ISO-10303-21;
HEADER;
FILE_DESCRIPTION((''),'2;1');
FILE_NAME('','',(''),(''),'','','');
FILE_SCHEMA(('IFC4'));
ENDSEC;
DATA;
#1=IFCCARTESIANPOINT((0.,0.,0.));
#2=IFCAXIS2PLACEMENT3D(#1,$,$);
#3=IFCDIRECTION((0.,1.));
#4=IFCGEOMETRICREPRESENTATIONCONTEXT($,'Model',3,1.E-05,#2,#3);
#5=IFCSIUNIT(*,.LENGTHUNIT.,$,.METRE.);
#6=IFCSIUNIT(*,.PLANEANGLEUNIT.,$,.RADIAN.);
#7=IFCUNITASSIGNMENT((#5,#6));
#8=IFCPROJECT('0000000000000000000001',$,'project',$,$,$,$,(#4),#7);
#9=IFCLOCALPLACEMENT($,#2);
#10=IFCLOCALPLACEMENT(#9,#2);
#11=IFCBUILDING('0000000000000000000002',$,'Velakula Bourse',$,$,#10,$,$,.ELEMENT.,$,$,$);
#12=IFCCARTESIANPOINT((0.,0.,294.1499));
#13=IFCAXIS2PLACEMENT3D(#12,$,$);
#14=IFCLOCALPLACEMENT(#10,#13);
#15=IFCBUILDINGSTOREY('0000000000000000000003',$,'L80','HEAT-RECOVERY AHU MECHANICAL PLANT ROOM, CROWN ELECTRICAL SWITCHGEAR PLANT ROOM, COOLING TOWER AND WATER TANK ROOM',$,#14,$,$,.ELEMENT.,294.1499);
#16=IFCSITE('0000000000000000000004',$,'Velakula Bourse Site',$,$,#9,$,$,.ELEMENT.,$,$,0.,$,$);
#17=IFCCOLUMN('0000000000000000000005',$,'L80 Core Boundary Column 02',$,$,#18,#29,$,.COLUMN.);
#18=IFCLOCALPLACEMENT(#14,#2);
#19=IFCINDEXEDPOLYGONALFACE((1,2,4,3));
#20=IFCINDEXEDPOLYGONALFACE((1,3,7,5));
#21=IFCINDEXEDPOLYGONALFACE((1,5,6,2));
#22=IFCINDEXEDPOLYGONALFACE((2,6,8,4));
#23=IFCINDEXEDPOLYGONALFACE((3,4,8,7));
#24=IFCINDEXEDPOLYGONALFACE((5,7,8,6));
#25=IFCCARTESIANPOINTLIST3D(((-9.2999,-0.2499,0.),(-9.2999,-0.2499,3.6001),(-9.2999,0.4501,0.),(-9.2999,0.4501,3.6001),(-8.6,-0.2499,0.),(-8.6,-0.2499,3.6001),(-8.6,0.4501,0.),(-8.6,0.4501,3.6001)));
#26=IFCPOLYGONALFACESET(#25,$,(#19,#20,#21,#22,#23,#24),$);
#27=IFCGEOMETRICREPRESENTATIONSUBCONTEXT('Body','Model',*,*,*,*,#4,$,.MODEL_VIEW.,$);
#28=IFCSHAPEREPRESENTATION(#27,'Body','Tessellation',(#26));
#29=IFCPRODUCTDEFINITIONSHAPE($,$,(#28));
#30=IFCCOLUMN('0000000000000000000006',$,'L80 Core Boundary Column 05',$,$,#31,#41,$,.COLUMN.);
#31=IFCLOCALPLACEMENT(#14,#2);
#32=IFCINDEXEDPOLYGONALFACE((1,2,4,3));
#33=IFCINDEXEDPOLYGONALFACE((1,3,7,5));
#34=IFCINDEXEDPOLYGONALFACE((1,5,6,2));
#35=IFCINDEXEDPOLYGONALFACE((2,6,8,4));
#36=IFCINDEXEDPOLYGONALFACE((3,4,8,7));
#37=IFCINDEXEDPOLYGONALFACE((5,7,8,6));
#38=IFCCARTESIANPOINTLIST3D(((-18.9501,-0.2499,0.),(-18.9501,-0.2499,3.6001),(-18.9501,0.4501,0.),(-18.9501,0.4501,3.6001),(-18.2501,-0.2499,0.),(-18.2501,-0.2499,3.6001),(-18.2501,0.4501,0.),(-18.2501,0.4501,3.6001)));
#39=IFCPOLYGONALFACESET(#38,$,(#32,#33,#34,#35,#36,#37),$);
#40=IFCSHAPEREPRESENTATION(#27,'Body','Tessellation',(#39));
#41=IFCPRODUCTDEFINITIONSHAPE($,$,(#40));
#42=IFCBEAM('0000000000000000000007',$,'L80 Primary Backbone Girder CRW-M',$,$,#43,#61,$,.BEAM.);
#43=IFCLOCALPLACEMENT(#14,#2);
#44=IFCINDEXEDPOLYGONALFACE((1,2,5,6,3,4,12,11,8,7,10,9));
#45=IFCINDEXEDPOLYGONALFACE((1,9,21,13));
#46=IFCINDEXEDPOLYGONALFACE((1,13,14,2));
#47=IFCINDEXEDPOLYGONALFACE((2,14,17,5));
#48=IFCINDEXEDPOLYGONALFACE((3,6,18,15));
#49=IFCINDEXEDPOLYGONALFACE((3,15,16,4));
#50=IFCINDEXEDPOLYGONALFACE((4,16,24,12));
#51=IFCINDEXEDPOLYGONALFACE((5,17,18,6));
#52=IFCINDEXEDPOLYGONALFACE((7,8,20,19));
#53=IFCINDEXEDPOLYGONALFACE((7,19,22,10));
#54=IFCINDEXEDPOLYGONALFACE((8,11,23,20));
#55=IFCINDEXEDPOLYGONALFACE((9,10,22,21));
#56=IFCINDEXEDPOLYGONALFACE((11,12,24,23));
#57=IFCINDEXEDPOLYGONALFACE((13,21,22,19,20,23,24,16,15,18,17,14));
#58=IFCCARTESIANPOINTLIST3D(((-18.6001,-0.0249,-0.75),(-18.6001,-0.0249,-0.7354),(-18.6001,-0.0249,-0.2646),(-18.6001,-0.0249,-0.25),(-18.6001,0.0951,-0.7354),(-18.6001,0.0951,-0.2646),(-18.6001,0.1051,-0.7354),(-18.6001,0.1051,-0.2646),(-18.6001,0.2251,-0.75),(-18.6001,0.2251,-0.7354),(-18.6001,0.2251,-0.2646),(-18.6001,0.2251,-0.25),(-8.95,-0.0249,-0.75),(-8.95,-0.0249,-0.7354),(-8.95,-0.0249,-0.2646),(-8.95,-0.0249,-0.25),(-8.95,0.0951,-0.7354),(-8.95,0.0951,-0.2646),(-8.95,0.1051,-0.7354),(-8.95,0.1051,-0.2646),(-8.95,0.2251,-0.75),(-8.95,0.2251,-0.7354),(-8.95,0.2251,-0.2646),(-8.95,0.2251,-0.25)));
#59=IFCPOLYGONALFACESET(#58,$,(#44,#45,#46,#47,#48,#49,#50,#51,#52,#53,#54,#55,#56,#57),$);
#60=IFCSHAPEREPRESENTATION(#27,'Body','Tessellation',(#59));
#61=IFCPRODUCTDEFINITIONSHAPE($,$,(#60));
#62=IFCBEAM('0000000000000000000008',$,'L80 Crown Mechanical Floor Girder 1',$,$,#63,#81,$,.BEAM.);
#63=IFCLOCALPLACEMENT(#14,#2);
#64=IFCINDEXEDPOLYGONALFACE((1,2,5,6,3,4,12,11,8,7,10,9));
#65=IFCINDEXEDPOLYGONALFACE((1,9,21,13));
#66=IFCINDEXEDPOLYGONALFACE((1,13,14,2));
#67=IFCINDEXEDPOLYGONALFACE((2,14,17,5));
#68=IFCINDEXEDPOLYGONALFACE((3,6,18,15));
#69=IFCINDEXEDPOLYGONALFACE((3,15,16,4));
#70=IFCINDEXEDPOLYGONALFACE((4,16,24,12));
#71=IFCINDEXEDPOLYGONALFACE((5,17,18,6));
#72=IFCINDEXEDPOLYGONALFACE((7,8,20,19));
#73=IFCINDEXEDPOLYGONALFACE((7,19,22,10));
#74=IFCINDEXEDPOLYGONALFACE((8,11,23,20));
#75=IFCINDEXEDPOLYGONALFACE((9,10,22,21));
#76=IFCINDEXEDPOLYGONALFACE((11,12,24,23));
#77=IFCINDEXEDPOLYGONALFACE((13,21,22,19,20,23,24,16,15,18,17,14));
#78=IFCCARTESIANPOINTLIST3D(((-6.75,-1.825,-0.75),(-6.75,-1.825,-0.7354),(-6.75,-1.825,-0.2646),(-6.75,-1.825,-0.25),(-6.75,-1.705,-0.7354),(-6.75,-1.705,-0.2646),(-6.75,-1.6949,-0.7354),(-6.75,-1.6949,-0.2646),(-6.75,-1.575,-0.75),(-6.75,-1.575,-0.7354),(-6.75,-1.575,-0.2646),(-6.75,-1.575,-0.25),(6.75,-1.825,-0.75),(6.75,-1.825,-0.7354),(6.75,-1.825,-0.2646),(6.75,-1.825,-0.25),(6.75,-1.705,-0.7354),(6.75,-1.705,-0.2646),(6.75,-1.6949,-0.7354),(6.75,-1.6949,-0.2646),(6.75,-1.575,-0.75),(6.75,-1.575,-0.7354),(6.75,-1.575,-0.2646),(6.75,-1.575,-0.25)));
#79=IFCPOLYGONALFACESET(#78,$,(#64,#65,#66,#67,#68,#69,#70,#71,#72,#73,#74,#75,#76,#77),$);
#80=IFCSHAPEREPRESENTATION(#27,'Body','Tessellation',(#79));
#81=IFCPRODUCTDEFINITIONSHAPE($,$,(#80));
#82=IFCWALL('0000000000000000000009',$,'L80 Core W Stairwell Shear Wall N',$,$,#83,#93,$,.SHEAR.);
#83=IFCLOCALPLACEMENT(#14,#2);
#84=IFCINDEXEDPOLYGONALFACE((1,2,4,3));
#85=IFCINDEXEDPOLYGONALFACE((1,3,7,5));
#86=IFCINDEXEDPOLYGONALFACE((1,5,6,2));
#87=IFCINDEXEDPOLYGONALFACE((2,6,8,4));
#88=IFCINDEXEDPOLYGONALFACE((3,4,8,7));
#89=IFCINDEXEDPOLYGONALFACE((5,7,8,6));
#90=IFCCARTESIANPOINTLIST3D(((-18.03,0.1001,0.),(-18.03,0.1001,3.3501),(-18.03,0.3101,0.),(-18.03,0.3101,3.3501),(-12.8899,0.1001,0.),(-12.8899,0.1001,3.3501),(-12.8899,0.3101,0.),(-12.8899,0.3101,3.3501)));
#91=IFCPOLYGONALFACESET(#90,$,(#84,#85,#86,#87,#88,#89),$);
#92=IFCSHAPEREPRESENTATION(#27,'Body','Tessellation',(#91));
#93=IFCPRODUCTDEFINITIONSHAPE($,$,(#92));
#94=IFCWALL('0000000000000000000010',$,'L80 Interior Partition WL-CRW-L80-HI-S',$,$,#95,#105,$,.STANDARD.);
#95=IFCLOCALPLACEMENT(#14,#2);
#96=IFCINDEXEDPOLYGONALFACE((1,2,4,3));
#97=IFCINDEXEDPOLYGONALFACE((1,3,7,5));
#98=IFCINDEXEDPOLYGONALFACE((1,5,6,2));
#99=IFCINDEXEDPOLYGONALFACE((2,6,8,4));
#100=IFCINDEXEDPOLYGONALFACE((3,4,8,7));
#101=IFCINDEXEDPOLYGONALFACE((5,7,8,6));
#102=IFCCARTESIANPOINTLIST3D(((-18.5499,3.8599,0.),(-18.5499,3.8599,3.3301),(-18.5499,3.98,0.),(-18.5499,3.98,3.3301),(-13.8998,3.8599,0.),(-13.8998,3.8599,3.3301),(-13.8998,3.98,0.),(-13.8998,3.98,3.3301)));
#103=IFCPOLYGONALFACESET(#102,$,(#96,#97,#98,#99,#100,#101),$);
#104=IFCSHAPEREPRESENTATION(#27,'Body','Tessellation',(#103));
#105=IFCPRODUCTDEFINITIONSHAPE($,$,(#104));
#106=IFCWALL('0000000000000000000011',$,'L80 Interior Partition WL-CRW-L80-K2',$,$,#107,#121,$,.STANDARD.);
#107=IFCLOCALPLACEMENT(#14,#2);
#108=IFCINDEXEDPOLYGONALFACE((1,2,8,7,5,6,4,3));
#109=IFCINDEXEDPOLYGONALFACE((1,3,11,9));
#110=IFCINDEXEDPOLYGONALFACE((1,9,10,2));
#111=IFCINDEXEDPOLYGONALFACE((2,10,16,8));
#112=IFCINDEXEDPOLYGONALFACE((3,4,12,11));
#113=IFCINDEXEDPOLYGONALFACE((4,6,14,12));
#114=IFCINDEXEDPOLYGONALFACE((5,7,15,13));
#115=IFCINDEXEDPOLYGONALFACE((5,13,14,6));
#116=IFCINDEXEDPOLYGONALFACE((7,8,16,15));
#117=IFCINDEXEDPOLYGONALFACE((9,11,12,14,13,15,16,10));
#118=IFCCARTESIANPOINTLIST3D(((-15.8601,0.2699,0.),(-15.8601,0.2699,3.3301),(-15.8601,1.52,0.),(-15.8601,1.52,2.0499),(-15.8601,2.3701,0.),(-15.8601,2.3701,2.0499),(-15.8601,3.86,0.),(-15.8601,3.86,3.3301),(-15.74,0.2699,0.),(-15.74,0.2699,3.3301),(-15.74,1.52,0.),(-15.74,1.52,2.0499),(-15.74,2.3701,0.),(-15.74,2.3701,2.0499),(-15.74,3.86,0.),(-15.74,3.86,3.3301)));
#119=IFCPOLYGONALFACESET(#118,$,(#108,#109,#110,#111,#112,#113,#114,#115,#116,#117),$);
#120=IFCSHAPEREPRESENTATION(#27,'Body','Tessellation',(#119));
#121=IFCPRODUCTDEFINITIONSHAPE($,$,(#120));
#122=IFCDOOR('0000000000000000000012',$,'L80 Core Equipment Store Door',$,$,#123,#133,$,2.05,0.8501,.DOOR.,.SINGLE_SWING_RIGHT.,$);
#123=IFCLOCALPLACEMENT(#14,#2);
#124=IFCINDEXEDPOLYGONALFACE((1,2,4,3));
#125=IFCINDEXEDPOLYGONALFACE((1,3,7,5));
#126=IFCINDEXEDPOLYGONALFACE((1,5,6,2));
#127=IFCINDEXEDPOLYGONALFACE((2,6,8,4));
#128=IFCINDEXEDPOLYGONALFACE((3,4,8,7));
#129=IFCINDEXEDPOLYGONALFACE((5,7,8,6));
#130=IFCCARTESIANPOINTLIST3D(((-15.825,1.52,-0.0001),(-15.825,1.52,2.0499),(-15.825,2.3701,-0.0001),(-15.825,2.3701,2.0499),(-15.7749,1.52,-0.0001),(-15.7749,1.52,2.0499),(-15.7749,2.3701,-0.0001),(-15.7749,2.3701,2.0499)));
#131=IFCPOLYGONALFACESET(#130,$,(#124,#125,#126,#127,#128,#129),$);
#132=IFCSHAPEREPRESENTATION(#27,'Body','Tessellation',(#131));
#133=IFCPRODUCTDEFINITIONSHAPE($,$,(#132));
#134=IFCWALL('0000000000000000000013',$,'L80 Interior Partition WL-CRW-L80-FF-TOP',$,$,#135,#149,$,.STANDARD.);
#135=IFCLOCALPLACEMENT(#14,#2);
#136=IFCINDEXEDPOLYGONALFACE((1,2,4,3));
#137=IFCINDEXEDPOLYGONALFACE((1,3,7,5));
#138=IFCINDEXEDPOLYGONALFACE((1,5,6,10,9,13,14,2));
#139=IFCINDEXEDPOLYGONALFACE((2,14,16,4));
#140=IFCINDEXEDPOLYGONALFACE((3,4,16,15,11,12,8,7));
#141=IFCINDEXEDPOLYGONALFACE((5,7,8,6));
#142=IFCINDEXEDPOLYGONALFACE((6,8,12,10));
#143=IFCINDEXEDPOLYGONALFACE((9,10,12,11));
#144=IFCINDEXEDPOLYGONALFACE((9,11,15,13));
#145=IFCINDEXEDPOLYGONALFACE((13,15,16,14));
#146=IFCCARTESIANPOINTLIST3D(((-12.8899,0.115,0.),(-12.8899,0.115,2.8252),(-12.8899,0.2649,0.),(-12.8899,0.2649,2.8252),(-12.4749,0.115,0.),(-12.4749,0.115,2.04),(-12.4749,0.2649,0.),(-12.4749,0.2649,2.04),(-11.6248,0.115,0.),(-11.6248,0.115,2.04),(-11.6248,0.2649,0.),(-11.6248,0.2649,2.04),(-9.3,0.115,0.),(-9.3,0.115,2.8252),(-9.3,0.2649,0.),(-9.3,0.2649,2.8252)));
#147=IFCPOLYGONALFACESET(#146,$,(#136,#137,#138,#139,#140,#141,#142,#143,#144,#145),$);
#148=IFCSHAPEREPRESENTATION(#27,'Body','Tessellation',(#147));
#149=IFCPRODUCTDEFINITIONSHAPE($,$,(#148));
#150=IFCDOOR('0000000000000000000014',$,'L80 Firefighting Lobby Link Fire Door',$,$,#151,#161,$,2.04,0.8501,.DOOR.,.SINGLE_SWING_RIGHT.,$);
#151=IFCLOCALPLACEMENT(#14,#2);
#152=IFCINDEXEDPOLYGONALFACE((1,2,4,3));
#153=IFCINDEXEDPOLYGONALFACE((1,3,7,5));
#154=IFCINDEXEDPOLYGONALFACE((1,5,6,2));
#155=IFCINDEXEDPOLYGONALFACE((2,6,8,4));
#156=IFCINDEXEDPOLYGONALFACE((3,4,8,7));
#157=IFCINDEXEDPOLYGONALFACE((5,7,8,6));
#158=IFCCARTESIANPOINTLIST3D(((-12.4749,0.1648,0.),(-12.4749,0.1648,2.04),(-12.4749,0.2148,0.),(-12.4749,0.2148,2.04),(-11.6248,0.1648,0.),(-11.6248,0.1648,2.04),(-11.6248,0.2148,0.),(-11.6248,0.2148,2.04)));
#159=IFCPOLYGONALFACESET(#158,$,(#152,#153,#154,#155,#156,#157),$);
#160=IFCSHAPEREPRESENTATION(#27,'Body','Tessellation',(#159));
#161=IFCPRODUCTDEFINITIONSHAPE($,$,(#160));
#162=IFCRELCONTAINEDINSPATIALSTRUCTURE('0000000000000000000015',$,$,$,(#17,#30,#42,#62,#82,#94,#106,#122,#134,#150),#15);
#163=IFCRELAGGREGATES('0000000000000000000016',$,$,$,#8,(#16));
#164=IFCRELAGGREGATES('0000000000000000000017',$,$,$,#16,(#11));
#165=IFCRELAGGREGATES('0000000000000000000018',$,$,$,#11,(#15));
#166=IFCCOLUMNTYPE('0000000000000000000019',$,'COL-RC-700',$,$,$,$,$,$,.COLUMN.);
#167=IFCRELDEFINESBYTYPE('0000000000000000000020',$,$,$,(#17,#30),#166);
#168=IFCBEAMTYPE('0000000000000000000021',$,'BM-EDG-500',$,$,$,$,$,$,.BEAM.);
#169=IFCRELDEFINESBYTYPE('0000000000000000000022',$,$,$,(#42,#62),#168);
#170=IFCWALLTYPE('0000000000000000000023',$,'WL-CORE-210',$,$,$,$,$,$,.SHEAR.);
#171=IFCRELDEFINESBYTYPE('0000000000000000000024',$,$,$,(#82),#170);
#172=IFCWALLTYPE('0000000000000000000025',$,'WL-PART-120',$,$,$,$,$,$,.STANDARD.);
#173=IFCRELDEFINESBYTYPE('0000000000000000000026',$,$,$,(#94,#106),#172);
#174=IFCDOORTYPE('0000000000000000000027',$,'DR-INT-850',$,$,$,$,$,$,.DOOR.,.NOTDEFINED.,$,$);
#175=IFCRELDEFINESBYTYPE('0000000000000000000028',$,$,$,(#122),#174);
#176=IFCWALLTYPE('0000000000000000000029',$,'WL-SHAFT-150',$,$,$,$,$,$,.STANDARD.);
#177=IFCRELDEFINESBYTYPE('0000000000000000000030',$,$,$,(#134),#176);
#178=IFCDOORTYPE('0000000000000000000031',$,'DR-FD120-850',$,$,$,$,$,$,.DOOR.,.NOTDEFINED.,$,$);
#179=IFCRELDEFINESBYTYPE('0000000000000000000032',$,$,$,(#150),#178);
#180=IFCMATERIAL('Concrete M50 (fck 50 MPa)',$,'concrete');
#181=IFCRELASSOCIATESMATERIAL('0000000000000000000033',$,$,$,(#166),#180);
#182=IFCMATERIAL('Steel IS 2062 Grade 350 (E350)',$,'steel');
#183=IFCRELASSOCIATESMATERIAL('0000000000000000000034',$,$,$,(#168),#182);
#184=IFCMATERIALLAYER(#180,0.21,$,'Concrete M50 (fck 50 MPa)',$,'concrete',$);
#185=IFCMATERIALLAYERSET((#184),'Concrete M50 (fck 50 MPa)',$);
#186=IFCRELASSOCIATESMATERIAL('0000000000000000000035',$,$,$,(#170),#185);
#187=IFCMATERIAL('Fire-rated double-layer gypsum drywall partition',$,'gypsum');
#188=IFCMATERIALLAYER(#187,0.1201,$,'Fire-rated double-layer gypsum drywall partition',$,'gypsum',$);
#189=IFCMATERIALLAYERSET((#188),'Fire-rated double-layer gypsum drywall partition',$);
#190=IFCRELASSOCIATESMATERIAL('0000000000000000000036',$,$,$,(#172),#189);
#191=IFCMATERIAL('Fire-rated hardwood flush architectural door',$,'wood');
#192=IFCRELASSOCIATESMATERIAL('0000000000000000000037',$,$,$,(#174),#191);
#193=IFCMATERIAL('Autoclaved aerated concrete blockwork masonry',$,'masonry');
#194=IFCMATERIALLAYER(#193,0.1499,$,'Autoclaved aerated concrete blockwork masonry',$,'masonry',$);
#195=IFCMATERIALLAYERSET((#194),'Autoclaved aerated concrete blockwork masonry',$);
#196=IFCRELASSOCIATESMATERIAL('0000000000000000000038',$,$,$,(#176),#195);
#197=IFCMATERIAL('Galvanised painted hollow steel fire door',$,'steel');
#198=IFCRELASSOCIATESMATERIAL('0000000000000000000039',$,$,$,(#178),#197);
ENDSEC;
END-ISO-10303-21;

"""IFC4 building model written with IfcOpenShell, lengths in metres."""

from ifc_helpers import new_model, si_unit, direction, frame, frame_2d, origin, origin_2d, place, context, subcontext, project, spatial, rectangle, i_section, extrude, material, layer, layer_set, material_profile, profile_set, type_object, element, fill, save


model = new_model("IFC4")

# Units and contexts
model_context = context("Model", 3, precision=1e-05, world=origin(), true_north=direction((0.0, 1.0)))
body_context = subcontext(model_context, "Body", "Model", "MODEL_VIEW")
ifc_project = project(units=[si_unit("LENGTHUNIT", "METRE"), si_unit("PLANEANGLEUNIT", "RADIAN")], contexts=[model_context])

# Site, building, storey
site_placement = place(None, origin())
site = spatial("IfcSite", under=ifc_project, at=site_placement, Name="Velakula Bourse Site", CompositionType="ELEMENT", RefElevation=0.0)
building_placement = place(site_placement, origin())
building = spatial("IfcBuilding", under=site, at=building_placement, Name="Velakula Bourse", CompositionType="ELEMENT")
storey_placement = place(building_placement, frame((0.0, 0.0, 294.1499)))
storey = spatial("IfcBuildingStorey", under=building, at=storey_placement, Name="L80", Description="HEAT-RECOVERY AHU MECHANICAL PLANT ROOM, CROWN ELECTRICAL SWITCHGEAR PLANT ROOM, COOLING TOWER AND WATER TANK ROOM", CompositionType="ELEMENT", Elevation=294.1499)

# Columns
ifc_material_1 = material(Name="Concrete M50 (fck 50 MPa)", Category="concrete")
ifc_material_profile_1 = material_profile(ifc_material_1, rectangle(XDim=0.7, YDim=0.7, at=origin_2d()), Name="Concrete M50 (fck 50 MPa)")
ifc_profile_set_1 = profile_set([ifc_material_profile_1], Name="Concrete M50 (fck 50 MPa)")
column_type = type_object("IfcColumnType", Name="COL-RC-700", PredefinedType="COLUMN", material=ifc_profile_set_1)
for number, where, z_axis, x_axis, name in (
    (1, (-8.95, 0.1001, 0.0), (0.0, 0.0, 1.0), (1.0, 0.0, 0.0), "L80 Core Boundary Column 02"),
    (2, (-18.6001, 0.1001, 0.0), (0.0, 0.0, 1.0), (1.0, 0.0, 0.0), "L80 Core Boundary Column 05"),
):
    element("IfcColumn", number, at=place(storey_placement, frame(where, z_axis=z_axis, x_axis=x_axis)), inside=storey, type_object=column_type, Name=name, PredefinedType="COLUMN", context=body_context, shape_type="SweptSolid", body=[
        extrude(rectangle(XDim=0.7, YDim=0.7, at=origin_2d()), origin(), (0.0, 0.0, 1.0), 3.6001),
    ])

# Beams
ifc_material_2 = material(Name="Steel IS 2062 Grade 350 (E350)", Category="steel")
ifc_material_profile_2 = material_profile(ifc_material_2, i_section(OverallWidth=0.25, OverallDepth=0.5, WebThickness=0.01, FlangeThickness=0.0146, at=origin_2d()), Name="Steel IS 2062 Grade 350 (E350)")
ifc_profile_set_2 = profile_set([ifc_material_profile_2], Name="Steel IS 2062 Grade 350 (E350)")
beam_type = type_object("IfcBeamType", Name="BM-EDG-500", PredefinedType="BEAM", material=ifc_profile_set_2)
beam_1_placement = place(storey_placement, frame((-18.6001, 0.1001, -0.5), z_axis=(1.0, 0.0, 0.0), x_axis=(0.0, 1.0, 0.0)))
element("IfcBeam", 3, at=beam_1_placement, inside=storey, type_object=beam_type, Name="L80 Primary Backbone Girder CRW-M", PredefinedType="BEAM", context=body_context, shape_type="SweptSolid", body=[
    extrude(i_section(OverallWidth=0.25, OverallDepth=0.5, WebThickness=0.01, FlangeThickness=0.0146, at=origin_2d()), origin(), (0.0, 0.0, 1.0), 9.6501),
])
beam_2_placement = place(storey_placement, frame((-6.75, -1.7, -0.5), z_axis=(1.0, 0.0, 0.0), x_axis=(0.0, 1.0, 0.0)))
element("IfcBeam", 4, at=beam_2_placement, inside=storey, type_object=beam_type, Name="L80 Crown Mechanical Floor Girder 1", PredefinedType="BEAM", context=body_context, shape_type="SweptSolid", body=[
    extrude(i_section(OverallWidth=0.25, OverallDepth=0.5, WebThickness=0.01, FlangeThickness=0.0146, at=origin_2d()), origin(), (0.0, 0.0, 1.0), 13.5),
])

# Walls
ifc_layer_1 = layer(ifc_material_1, 0.21, Name="Concrete M50 (fck 50 MPa)", Category="concrete")
ifc_layer_set_1 = layer_set([ifc_layer_1], Name="Concrete M50 (fck 50 MPa)")
wall_type_1 = type_object("IfcWallType", Name="WL-CORE-210", PredefinedType="SHEAR", material=ifc_layer_set_1)
wall_1_placement = place(storey_placement, frame((-12.8899, 0.2051, 0.0), z_axis=(0.0, 0.0, 1.0), x_axis=(-1.0, 0.0, 0.0)))
element("IfcWall", 5, at=wall_1_placement, inside=storey, type_object=wall_type_1, Name="L80 Core W Stairwell Shear Wall N", PredefinedType="SHEAR", context=body_context, shape_type="SweptSolid", body=[
    extrude(rectangle(XDim=5.1401, YDim=0.21, at=frame_2d((2.5701, 0.0))), origin(), (0.0, 0.0, 1.0), 3.3501),
])
ifc_material_3 = material(Name="Fire-rated double-layer gypsum drywall partition", Category="gypsum")
ifc_layer_2 = layer(ifc_material_3, 0.1201, Name="Fire-rated double-layer gypsum drywall partition", Category="gypsum")
ifc_layer_set_2 = layer_set([ifc_layer_2], Name="Fire-rated double-layer gypsum drywall partition")
wall_type_2 = type_object("IfcWallType", Name="WL-PART-120", PredefinedType="STANDARD", material=ifc_layer_set_2)
wall_2_placement = place(storey_placement, frame((-18.55, 3.9199, 0.0), z_axis=(0.0, 0.0, 1.0), x_axis=(1.0, 0.0, 0.0)))
element("IfcWall", 6, at=wall_2_placement, inside=storey, type_object=wall_type_2, Name="L80 Interior Partition WL-CRW-L80-HI-S", PredefinedType="STANDARD", context=body_context, shape_type="SweptSolid", body=[
    extrude(rectangle(XDim=4.6501, YDim=0.1201, at=frame_2d((2.3252, 0.0))), origin(), (0.0, 0.0, 1.0), 3.3301),
])

# Walls, openings, doors
wall_3_placement = place(storey_placement, frame((-15.8, 0.27, 0.0), z_axis=(0.0, 0.0, 1.0), x_axis=(0.0, 1.0, 0.0)))
wall_3 = element("IfcWall", 7, at=wall_3_placement, inside=storey, type_object=wall_type_2, Name="L80 Interior Partition WL-CRW-L80-K2", PredefinedType="STANDARD", context=body_context, shape_type="SweptSolid", body=[
    extrude(rectangle(XDim=3.5901, YDim=0.1201, at=frame_2d((1.7949, 0.0))), origin(), (0.0, 0.0, 1.0), 3.3301),
])
opening_1_placement = place(wall_3_placement, frame((1.25, 0.0, 0.0)))
opening_1 = element("IfcOpeningElement", 8, at=opening_1_placement, cuts=wall_3, PredefinedType="OPENING", context=body_context, shape_type="SweptSolid", body=[
    extrude(rectangle(XDim=0.8501, YDim=2.05, at=frame_2d((0.425, 1.0249))), frame((0.0, 0.0701, 0.0), z_axis=(0.0, -1.0, 0.0), x_axis=(1.0, 0.0, 0.0)), (0.0, 0.0, 1.0), 0.1401),
])
ifc_material_4 = material(Name="Fire-rated hardwood flush architectural door", Category="wood")
door_type_1 = type_object("IfcDoorType", Name="DR-INT-850", OperationType="NOTDEFINED", PredefinedType="DOOR", material=ifc_material_4)
door_1_placement = place(opening_1_placement, origin())
door_1 = element("IfcDoor", 9, at=door_1_placement, inside=storey, type_object=door_type_1, Name="L80 Core Equipment Store Door", OperationType="SINGLE_SWING_RIGHT", OverallHeight=2.05, OverallWidth=0.8501, PredefinedType="DOOR", context=body_context, shape_type="SweptSolid", body=[
    extrude(rectangle(XDim=0.8501, YDim=2.05, at=frame_2d((0.425, 1.0249))), frame((0.0, 0.0249, 0.0), z_axis=(0.0, -1.0, 0.0), x_axis=(1.0, 0.0, 0.0)), (0.0, 0.0, 1.0), 0.05),
])
fill(opening_1, door_1)
ifc_material_5 = material(Name="Autoclaved aerated concrete blockwork masonry", Category="masonry")
ifc_layer_3 = layer(ifc_material_5, 0.1499, Name="Autoclaved aerated concrete blockwork masonry", Category="masonry")
ifc_layer_set_3 = layer_set([ifc_layer_3], Name="Autoclaved aerated concrete blockwork masonry")
wall_type_3 = type_object("IfcWallType", Name="WL-SHAFT-150", PredefinedType="STANDARD", material=ifc_layer_set_3)
wall_4_placement = place(storey_placement, frame((-12.8899, 0.1899, 0.0), z_axis=(0.0, 0.0, 1.0), x_axis=(1.0, 0.0, 0.0)))
wall_4 = element("IfcWall", 10, at=wall_4_placement, inside=storey, type_object=wall_type_3, Name="L80 Interior Partition WL-CRW-L80-FF-TOP", PredefinedType="STANDARD", context=body_context, shape_type="SweptSolid", body=[
    extrude(rectangle(XDim=3.5898, YDim=0.1499, at=frame_2d((1.7949, 0.0))), origin(), (0.0, 0.0, 1.0), 2.8252),
])
opening_2_placement = place(wall_4_placement, frame((0.415, 0.0, 0.0)))
opening_2 = element("IfcOpeningElement", 11, at=opening_2_placement, cuts=wall_4, PredefinedType="OPENING", context=body_context, shape_type="SweptSolid", body=[
    extrude(rectangle(XDim=0.8501, YDim=2.04, at=frame_2d((0.425, 1.02))), frame((0.0, 0.085, 0.0), z_axis=(0.0, -1.0, 0.0), x_axis=(1.0, 0.0, 0.0)), (0.0, 0.0, 1.0), 0.1699),
])
ifc_material_6 = material(Name="Galvanised painted hollow steel fire door", Category="steel")
door_type_2 = type_object("IfcDoorType", Name="DR-FD120-850", OperationType="NOTDEFINED", PredefinedType="DOOR", material=ifc_material_6)
door_2_placement = place(opening_2_placement, origin())
door_2 = element("IfcDoor", 12, at=door_2_placement, inside=storey, type_object=door_type_2, Name="L80 Firefighting Lobby Link Fire Door", OperationType="SINGLE_SWING_RIGHT", OverallHeight=2.04, OverallWidth=0.8501, PredefinedType="DOOR", context=body_context, shape_type="SweptSolid", body=[
    extrude(rectangle(XDim=0.8501, YDim=2.04, at=frame_2d((0.425, 1.02))), frame((0.0, 0.0249, 0.0), z_axis=(0.0, -1.0, 0.0), x_axis=(1.0, 0.0, 0.0)), (0.0, 0.0, 1.0), 0.05),
])
fill(opening_2, door_2)

save(model, "model.ifc")
